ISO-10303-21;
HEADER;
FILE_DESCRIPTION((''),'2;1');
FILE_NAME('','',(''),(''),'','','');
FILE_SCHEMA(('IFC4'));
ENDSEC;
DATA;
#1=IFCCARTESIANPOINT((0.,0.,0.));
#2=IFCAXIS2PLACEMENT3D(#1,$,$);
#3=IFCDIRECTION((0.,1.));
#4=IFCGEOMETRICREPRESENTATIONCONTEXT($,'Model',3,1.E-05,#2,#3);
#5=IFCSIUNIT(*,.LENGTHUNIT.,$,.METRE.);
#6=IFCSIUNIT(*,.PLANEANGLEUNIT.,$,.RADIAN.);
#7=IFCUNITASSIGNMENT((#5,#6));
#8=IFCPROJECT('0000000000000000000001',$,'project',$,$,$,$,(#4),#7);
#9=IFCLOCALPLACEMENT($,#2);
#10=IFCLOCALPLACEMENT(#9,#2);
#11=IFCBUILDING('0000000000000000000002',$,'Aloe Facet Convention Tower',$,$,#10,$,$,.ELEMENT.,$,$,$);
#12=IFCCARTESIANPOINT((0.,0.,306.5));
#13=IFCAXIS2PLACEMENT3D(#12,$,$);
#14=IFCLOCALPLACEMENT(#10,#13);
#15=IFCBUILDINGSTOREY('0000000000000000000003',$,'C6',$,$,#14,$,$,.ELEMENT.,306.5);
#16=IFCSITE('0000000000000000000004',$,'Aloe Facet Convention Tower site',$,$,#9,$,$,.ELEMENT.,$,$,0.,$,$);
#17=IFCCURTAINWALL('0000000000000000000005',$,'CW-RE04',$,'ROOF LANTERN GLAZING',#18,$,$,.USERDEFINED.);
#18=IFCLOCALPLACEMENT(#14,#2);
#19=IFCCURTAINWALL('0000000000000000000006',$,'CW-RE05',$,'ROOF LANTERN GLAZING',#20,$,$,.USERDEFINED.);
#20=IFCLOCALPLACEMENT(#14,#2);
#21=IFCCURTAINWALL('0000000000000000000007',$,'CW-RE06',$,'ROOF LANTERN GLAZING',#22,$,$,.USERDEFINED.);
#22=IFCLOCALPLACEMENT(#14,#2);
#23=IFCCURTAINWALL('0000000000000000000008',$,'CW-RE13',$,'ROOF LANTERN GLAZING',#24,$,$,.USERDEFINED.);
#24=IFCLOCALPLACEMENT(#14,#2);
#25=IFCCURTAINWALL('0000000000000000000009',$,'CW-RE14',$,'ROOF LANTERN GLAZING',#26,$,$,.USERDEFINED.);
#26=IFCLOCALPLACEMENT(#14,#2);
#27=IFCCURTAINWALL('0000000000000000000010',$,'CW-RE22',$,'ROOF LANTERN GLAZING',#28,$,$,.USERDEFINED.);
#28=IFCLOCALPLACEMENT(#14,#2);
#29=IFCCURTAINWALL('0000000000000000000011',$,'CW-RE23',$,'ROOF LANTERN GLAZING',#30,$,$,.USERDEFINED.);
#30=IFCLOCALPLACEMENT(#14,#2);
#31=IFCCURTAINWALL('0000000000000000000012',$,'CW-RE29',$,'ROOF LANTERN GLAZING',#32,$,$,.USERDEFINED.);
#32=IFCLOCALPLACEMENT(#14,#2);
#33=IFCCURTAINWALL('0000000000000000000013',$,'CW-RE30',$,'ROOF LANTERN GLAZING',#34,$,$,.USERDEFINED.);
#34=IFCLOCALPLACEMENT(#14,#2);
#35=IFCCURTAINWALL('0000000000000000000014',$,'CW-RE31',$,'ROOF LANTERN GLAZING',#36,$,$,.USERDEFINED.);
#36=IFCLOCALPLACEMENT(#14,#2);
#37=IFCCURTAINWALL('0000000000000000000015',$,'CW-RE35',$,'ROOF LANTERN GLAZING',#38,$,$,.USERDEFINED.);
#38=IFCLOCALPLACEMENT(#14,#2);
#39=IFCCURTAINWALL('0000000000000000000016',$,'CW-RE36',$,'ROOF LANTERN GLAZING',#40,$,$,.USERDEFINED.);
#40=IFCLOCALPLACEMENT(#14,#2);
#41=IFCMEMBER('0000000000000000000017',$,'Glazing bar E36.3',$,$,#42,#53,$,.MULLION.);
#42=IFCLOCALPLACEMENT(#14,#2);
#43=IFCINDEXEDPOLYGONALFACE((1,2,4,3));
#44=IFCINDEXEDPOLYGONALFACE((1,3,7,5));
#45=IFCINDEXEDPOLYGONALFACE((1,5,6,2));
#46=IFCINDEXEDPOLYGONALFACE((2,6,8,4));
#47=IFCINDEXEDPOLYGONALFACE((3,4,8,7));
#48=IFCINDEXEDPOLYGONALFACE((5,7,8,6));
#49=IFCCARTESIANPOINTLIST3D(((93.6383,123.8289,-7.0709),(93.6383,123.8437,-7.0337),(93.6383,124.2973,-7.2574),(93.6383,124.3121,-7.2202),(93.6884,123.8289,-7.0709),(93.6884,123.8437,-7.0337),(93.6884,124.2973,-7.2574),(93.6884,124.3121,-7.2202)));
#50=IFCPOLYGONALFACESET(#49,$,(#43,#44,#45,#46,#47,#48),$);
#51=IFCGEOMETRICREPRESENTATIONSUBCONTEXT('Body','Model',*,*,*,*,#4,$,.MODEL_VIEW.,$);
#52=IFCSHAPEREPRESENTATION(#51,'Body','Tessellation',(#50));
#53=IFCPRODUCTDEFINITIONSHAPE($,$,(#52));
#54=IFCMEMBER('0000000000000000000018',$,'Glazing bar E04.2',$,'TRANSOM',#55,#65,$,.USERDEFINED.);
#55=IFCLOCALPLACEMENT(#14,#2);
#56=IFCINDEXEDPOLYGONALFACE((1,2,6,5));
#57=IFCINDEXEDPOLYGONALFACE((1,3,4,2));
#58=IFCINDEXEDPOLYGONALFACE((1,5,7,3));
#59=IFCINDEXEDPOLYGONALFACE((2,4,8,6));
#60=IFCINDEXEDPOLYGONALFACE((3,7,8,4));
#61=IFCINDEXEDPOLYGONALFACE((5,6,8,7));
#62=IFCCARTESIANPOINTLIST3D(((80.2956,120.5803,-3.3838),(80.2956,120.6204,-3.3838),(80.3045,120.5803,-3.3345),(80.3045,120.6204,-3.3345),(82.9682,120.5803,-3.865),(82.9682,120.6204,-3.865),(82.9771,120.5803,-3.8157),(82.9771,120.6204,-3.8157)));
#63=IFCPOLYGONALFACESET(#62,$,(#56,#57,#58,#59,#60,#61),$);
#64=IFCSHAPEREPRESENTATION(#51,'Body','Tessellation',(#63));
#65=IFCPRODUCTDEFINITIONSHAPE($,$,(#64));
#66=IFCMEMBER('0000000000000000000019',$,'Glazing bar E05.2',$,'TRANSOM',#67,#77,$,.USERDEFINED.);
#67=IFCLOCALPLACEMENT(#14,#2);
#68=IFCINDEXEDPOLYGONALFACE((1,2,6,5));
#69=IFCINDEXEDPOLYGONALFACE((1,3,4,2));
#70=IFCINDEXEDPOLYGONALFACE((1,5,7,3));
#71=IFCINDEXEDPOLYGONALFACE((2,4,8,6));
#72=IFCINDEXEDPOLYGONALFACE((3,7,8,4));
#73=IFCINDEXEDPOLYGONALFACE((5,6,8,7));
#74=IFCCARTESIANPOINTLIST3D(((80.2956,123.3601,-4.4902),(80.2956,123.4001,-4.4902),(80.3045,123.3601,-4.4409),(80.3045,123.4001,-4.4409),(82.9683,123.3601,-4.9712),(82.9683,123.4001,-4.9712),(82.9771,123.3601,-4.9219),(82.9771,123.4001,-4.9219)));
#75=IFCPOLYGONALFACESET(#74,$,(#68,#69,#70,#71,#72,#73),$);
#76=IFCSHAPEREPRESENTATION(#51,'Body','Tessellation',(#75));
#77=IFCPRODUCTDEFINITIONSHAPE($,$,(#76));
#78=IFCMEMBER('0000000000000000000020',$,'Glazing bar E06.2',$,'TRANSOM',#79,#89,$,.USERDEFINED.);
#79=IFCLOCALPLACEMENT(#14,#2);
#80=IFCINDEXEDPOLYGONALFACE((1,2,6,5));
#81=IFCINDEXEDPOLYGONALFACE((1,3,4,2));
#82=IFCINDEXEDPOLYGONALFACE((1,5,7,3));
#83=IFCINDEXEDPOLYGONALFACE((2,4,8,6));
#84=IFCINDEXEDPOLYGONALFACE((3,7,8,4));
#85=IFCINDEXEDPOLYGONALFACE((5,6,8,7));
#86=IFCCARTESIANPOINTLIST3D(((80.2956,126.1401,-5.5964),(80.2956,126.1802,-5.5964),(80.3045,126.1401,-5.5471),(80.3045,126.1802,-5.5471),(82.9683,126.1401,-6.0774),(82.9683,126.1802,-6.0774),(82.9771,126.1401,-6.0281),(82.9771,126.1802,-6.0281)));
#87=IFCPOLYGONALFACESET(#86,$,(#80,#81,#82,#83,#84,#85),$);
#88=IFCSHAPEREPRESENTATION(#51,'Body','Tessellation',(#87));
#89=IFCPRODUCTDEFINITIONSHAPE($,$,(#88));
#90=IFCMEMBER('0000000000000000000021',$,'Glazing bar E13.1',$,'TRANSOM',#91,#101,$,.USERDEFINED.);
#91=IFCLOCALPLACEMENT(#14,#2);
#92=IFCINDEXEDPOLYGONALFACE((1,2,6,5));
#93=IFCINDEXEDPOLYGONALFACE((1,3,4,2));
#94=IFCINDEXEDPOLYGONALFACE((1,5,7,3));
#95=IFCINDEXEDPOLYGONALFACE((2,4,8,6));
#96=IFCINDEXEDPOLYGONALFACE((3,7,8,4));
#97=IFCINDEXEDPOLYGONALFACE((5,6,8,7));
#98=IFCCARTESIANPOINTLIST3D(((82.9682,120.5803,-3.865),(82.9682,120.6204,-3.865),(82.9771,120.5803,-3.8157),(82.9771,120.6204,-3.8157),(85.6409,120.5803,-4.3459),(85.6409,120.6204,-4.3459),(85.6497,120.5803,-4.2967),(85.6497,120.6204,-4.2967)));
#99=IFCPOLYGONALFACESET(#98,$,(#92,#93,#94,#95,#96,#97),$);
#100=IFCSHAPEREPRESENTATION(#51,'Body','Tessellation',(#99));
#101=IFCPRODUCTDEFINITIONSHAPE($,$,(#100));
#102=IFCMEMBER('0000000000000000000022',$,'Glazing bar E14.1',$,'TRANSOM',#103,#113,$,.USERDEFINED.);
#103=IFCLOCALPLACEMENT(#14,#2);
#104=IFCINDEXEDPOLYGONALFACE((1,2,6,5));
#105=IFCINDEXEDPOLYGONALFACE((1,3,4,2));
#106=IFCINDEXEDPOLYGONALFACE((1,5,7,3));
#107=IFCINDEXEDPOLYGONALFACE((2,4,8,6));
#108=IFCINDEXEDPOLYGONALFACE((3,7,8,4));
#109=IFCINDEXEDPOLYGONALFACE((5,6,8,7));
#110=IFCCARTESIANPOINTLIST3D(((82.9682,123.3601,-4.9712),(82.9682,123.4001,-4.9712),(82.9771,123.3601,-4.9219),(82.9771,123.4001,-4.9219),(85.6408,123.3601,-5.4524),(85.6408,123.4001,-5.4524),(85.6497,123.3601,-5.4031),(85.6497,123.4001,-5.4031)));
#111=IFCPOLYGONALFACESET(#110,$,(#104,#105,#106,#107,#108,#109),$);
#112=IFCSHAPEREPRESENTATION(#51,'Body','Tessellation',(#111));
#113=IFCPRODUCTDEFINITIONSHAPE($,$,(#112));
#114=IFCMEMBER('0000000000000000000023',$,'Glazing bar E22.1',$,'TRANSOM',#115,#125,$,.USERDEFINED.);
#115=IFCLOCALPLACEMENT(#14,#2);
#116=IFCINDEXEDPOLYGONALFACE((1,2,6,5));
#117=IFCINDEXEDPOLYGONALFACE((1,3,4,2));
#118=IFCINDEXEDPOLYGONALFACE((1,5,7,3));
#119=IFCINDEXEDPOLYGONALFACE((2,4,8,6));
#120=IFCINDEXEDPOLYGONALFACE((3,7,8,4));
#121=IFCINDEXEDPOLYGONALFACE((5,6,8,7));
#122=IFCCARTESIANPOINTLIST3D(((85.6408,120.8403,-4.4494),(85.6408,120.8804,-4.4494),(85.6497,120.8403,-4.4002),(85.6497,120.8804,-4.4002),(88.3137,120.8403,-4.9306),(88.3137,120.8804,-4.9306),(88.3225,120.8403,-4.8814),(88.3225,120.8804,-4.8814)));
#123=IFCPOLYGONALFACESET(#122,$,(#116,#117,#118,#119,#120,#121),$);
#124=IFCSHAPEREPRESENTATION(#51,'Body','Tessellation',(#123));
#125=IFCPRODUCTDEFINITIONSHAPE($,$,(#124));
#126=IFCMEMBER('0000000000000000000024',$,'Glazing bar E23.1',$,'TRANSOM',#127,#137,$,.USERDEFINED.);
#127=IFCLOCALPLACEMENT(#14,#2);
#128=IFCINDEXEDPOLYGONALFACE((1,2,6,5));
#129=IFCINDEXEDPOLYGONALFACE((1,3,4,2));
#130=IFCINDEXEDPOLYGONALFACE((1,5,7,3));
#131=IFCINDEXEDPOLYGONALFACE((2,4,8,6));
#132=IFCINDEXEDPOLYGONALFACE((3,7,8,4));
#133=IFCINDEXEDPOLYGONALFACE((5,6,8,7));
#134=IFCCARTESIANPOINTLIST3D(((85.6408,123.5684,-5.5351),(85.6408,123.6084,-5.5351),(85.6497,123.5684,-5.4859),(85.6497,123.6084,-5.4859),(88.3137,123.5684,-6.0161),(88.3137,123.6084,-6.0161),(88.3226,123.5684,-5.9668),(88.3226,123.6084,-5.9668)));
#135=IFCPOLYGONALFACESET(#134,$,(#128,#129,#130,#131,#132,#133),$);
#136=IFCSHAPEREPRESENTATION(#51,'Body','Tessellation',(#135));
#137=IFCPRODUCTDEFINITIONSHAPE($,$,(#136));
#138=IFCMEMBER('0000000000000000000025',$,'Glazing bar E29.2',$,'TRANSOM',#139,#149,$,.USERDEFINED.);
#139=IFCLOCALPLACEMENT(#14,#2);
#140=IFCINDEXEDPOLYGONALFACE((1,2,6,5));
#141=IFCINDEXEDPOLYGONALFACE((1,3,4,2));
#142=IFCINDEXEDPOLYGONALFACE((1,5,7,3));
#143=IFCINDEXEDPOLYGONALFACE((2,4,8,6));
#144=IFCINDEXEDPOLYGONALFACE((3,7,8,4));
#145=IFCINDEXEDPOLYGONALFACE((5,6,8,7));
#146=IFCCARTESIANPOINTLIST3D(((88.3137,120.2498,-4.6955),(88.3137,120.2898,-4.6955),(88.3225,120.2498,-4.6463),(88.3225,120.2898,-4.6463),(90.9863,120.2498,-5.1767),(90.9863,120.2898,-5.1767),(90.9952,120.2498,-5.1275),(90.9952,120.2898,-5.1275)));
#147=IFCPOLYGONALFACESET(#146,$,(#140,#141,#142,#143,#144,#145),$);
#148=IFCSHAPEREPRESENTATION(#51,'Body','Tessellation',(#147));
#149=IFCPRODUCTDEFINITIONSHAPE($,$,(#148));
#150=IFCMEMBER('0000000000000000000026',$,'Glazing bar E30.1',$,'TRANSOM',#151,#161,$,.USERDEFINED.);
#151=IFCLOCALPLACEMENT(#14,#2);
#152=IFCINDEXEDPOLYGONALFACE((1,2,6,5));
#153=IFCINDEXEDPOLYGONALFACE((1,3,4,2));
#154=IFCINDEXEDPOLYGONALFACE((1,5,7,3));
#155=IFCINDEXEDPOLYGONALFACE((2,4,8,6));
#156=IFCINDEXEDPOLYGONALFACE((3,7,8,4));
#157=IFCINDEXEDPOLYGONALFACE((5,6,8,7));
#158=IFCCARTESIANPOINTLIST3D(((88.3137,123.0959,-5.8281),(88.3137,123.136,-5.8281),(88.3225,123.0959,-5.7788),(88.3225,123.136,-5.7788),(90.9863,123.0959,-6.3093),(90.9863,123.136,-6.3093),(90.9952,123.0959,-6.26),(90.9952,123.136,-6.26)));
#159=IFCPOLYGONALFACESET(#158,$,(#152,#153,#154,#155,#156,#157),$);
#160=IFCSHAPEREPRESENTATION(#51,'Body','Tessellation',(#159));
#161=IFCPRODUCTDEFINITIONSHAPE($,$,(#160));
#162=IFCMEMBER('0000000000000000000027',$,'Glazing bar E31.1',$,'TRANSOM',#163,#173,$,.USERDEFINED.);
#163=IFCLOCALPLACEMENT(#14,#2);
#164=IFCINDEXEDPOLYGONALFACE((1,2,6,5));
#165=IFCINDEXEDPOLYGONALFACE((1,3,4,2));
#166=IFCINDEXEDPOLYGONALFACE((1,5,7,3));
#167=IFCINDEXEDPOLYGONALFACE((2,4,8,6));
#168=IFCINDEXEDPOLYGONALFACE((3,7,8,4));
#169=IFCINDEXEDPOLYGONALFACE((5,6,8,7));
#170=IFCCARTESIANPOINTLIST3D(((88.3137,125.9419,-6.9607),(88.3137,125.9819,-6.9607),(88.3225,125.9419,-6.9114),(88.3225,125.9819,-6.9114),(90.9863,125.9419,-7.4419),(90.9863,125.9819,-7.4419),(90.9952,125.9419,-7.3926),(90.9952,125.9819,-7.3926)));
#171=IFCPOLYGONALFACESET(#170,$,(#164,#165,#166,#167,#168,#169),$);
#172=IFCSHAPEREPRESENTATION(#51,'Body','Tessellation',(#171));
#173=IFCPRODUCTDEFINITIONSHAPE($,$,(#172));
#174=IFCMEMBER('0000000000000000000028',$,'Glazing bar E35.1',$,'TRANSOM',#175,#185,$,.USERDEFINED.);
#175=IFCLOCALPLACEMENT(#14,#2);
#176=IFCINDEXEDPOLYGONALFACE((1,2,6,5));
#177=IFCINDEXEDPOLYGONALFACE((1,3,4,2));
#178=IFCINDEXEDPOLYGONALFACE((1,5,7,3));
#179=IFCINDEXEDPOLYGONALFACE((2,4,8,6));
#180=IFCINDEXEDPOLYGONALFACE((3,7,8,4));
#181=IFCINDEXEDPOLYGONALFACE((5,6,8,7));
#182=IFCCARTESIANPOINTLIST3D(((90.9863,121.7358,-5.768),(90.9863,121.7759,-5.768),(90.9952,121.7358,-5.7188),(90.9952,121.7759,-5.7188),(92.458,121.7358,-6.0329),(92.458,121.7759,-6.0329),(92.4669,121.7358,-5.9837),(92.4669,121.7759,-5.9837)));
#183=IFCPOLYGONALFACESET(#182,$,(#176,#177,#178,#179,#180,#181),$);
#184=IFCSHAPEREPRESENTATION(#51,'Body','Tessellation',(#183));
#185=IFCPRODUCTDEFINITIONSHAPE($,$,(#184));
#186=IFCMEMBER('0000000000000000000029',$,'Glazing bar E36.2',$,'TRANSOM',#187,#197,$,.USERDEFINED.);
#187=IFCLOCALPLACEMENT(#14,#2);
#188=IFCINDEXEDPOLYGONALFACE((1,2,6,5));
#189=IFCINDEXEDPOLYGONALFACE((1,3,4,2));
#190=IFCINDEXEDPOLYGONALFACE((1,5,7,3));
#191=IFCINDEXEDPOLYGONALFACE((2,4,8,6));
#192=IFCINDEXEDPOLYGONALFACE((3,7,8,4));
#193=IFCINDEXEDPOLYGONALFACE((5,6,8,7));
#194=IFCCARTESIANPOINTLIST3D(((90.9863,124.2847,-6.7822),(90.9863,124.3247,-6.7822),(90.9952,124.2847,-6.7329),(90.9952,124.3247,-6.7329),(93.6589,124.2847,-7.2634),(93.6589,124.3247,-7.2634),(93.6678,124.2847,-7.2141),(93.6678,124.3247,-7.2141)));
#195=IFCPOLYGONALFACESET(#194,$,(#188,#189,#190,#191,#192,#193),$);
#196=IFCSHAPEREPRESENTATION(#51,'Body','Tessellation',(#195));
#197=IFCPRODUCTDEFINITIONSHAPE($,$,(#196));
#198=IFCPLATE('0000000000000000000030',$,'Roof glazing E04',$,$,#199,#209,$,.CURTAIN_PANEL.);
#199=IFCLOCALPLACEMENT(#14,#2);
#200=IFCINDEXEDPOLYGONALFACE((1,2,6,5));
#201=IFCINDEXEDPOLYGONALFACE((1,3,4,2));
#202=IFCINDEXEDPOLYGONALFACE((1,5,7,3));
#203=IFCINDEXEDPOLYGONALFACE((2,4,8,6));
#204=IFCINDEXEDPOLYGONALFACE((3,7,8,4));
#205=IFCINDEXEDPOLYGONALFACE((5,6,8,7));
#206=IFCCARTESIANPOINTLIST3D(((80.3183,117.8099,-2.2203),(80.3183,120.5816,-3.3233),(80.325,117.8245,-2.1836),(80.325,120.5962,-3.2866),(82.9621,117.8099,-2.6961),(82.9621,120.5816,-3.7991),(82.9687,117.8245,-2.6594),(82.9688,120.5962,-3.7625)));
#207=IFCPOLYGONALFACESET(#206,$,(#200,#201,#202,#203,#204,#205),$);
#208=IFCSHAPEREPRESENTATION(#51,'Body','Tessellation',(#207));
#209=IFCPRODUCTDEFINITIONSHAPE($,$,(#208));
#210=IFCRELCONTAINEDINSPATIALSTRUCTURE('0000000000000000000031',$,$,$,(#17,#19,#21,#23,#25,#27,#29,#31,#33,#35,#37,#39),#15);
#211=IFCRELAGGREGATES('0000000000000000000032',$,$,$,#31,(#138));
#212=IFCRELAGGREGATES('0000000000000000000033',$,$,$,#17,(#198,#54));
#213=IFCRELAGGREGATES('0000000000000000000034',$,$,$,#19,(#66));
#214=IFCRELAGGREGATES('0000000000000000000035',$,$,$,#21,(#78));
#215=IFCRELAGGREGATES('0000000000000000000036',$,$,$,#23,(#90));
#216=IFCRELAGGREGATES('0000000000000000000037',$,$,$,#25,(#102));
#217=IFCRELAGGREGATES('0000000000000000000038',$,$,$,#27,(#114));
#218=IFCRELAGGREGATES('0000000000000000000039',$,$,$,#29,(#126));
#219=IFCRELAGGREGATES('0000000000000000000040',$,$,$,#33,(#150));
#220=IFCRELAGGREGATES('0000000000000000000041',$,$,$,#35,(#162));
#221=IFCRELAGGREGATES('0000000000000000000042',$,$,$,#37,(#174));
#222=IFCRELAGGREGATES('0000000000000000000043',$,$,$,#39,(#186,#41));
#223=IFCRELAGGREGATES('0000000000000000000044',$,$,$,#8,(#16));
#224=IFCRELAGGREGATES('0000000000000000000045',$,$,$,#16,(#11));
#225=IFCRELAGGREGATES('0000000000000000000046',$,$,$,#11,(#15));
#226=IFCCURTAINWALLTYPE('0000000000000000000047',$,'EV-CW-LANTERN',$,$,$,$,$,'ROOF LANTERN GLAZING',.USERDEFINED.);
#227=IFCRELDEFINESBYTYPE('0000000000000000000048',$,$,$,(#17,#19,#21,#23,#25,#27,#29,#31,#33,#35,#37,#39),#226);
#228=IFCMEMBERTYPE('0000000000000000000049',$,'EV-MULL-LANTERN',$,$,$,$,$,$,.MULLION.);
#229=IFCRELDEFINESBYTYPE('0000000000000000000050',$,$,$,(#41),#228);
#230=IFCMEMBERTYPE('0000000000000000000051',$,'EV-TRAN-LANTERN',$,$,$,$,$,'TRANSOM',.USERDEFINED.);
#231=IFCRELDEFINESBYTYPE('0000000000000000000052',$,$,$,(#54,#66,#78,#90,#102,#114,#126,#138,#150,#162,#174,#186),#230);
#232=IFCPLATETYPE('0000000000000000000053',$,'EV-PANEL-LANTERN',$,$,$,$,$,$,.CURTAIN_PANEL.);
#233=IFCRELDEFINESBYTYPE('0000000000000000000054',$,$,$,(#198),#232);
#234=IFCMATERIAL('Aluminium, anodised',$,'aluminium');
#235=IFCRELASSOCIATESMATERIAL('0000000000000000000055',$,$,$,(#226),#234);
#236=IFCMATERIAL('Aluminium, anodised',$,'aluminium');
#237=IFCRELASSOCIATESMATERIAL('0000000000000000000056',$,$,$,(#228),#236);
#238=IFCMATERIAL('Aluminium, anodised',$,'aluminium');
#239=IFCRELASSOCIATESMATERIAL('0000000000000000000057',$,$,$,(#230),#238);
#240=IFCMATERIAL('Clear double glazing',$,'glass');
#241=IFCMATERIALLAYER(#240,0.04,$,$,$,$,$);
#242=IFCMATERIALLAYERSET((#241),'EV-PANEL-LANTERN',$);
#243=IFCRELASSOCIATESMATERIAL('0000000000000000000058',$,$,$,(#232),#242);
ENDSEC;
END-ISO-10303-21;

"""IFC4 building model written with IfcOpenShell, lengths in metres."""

from ifc_helpers import new_model, si_unit, direction, frame, origin, origin_2d, place, context, subcontext, project, spatial, polyline, rectangle, outline, extrude, material, layer, layer_set, material_profile, profile_set, type_object, element, aggregate, save


model = new_model("IFC4")

# Units and contexts
model_context = context("Model", 3, precision=1e-05, world=origin(), true_north=direction((0.0, 1.0)))
body_context = subcontext(model_context, "Body", "Model", "MODEL_VIEW")
ifc_project = project(units=[si_unit("LENGTHUNIT", "METRE"), si_unit("PLANEANGLEUNIT", "RADIAN")], contexts=[model_context])

# Site, building, storey
site_placement = place(None, origin())
site = spatial("IfcSite", under=ifc_project, at=site_placement, Name="Aloe Facet Convention Tower site", CompositionType="ELEMENT", RefElevation=0.0)
building_placement = place(site_placement, origin())
building = spatial("IfcBuilding", under=site, at=building_placement, Name="Aloe Facet Convention Tower", CompositionType="ELEMENT")
storey_placement = place(building_placement, frame((0.0, 0.0, 306.5)))
storey = spatial("IfcBuildingStorey", under=building, at=storey_placement, Name="C6", CompositionType="ELEMENT", Elevation=306.5)

# Curtain wall
ifc_material_1 = material(Name="Aluminium, anodised", Category="aluminium")
curtain_wall_type = type_object("IfcCurtainWallType", Name="EV-CW-LANTERN", ElementType="ROOF LANTERN GLAZING", PredefinedType="USERDEFINED", material=ifc_material_1)
curtain_wall_1_placement = place(storey_placement, origin())
curtain_wall_1 = element("IfcCurtainWall", 1, at=curtain_wall_1_placement, inside=storey, type_object=curtain_wall_type, Name="CW-RE04", ObjectType="ROOF LANTERN GLAZING", PredefinedType="USERDEFINED")
ifc_material_2 = material(Name="Aluminium, anodised", Category="aluminium")
ifc_material_profile_1 = material_profile(ifc_material_2, rectangle(XDim=0.05, YDim=0.04, at=origin_2d()), Name="AL 50x40")
ifc_profile_set_1 = profile_set([ifc_material_profile_1], Name="Aluminium, anodised")
member_type_1 = type_object("IfcMemberType", Name="EV-MULL-LANTERN", PredefinedType="MULLION", material=ifc_profile_set_1)

# Curtain wall
curtain_wall_2_placement = place(storey_placement, origin())
curtain_wall_2 = element("IfcCurtainWall", 2, at=curtain_wall_2_placement, inside=storey, type_object=curtain_wall_type, Name="CW-RE05", ObjectType="ROOF LANTERN GLAZING", PredefinedType="USERDEFINED")

# Curtain walls
curtain_wall_3_placement = place(storey_placement, origin())
curtain_wall_3 = element("IfcCurtainWall", 3, at=curtain_wall_3_placement, inside=storey, type_object=curtain_wall_type, Name="CW-RE06", ObjectType="ROOF LANTERN GLAZING", PredefinedType="USERDEFINED")
curtain_wall_4_placement = place(storey_placement, origin())
curtain_wall_4 = element("IfcCurtainWall", 4, at=curtain_wall_4_placement, inside=storey, type_object=curtain_wall_type, Name="CW-RE13", ObjectType="ROOF LANTERN GLAZING", PredefinedType="USERDEFINED")
curtain_wall_5_placement = place(storey_placement, origin())
curtain_wall_5 = element("IfcCurtainWall", 5, at=curtain_wall_5_placement, inside=storey, type_object=curtain_wall_type, Name="CW-RE14", ObjectType="ROOF LANTERN GLAZING", PredefinedType="USERDEFINED")
curtain_wall_6_placement = place(storey_placement, origin())
curtain_wall_6 = element("IfcCurtainWall", 6, at=curtain_wall_6_placement, inside=storey, type_object=curtain_wall_type, Name="CW-RE22", ObjectType="ROOF LANTERN GLAZING", PredefinedType="USERDEFINED")
curtain_wall_7_placement = place(storey_placement, origin())
curtain_wall_7 = element("IfcCurtainWall", 7, at=curtain_wall_7_placement, inside=storey, type_object=curtain_wall_type, Name="CW-RE23", ObjectType="ROOF LANTERN GLAZING", PredefinedType="USERDEFINED")

# Curtain wall
curtain_wall_8_placement = place(storey_placement, origin())
curtain_wall_8 = element("IfcCurtainWall", 8, at=curtain_wall_8_placement, inside=storey, type_object=curtain_wall_type, Name="CW-RE29", ObjectType="ROOF LANTERN GLAZING", PredefinedType="USERDEFINED")

# Curtain walls
curtain_wall_9_placement = place(storey_placement, origin())
curtain_wall_9 = element("IfcCurtainWall", 9, at=curtain_wall_9_placement, inside=storey, type_object=curtain_wall_type, Name="CW-RE30", ObjectType="ROOF LANTERN GLAZING", PredefinedType="USERDEFINED")
curtain_wall_10_placement = place(storey_placement, origin())
curtain_wall_10 = element("IfcCurtainWall", 10, at=curtain_wall_10_placement, inside=storey, type_object=curtain_wall_type, Name="CW-RE31", ObjectType="ROOF LANTERN GLAZING", PredefinedType="USERDEFINED")
curtain_wall_11_placement = place(storey_placement, origin())
curtain_wall_11 = element("IfcCurtainWall", 11, at=curtain_wall_11_placement, inside=storey, type_object=curtain_wall_type, Name="CW-RE35", ObjectType="ROOF LANTERN GLAZING", PredefinedType="USERDEFINED")

# Curtain wall, member
curtain_wall_12_placement = place(storey_placement, origin())
curtain_wall_12 = element("IfcCurtainWall", 12, at=curtain_wall_12_placement, inside=storey, type_object=curtain_wall_type, Name="CW-RE36", ObjectType="ROOF LANTERN GLAZING", PredefinedType="USERDEFINED")
member_1_placement = place(storey_placement, frame((93.6633, 124.3047, -7.2388), z_axis=(0.0, -0.929076, 0.369888), x_axis=(1.0, 0.0, 0.0)))
member_1 = element("IfcMember", 13, at=member_1_placement, type_object=member_type_1, Name="Glazing bar E36.3", PredefinedType="MULLION", context=body_context, shape_type="SweptSolid", body=[
    extrude(rectangle(XDim=0.05, YDim=0.04, at=origin_2d()), origin(), (0.0, 0.0, 1.0), 0.5042),
])

# Members
ifc_material_3 = material(Name="Aluminium, anodised", Category="aluminium")
ifc_material_profile_2 = material_profile(ifc_material_3, rectangle(XDim=0.04, YDim=0.05, at=origin_2d()), Name="AL 40x50")
ifc_profile_set_2 = profile_set([ifc_material_profile_2], Name="Aluminium, anodised")
member_type_2 = type_object("IfcMemberType", Name="EV-TRAN-LANTERN", ElementType="TRANSOM", PredefinedType="USERDEFINED", material=ifc_profile_set_2)
member_2_placement = place(storey_placement, frame((80.3, 120.6003, -3.3591), z_axis=(0.984175, 0.0, -0.1772), x_axis=(0.0, 1.0, 0.0)))
member_2 = element("IfcMember", 14, at=member_2_placement, type_object=member_type_2, Name="Glazing bar E04.2", ObjectType="TRANSOM", PredefinedType="USERDEFINED", context=body_context, shape_type="SweptSolid", body=[
    extrude(rectangle(XDim=0.04, YDim=0.05, at=origin_2d()), origin(), (0.0, 0.0, 1.0), 2.7156),
])
member_3_placement = place(storey_placement, frame((80.3, 123.3801, -4.4656), z_axis=(0.984191, 0.0, -0.177113), x_axis=(0.0, 1.0, 0.0)))
member_3 = element("IfcMember", 15, at=member_3_placement, type_object=member_type_2, Name="Glazing bar E05.2", ObjectType="TRANSOM", PredefinedType="USERDEFINED", context=body_context, shape_type="SweptSolid", body=[
    extrude(rectangle(XDim=0.04, YDim=0.05, at=origin_2d()), origin(), (0.0, 0.0, 1.0), 2.7156),
])
member_4_placement = place(storey_placement, frame((80.3, 126.1602, -5.5718), z_axis=(0.984191, 0.0, -0.177113), x_axis=(0.0, 1.0, 0.0)))
member_4 = element("IfcMember", 16, at=member_4_placement, type_object=member_type_2, Name="Glazing bar E06.2", ObjectType="TRANSOM", PredefinedType="USERDEFINED", context=body_context, shape_type="SweptSolid", body=[
    extrude(rectangle(XDim=0.04, YDim=0.05, at=origin_2d()), origin(), (0.0, 0.0, 1.0), 2.7156),
])
member_5_placement = place(storey_placement, frame((82.9727, 120.6003, -3.8403), z_axis=(0.984191, 0.0, -0.177113), x_axis=(0.0, 1.0, 0.0)))
member_5 = element("IfcMember", 17, at=member_5_placement, type_object=member_type_2, Name="Glazing bar E13.1", ObjectType="TRANSOM", PredefinedType="USERDEFINED", context=body_context, shape_type="SweptSolid", body=[
    extrude(rectangle(XDim=0.04, YDim=0.05, at=origin_2d()), origin(), (0.0, 0.0, 1.0), 2.7156),
])
member_6_placement = place(storey_placement, frame((82.9727, 123.3801, -4.9465), z_axis=(0.984175, 0.0, -0.1772), x_axis=(0.0, 1.0, 0.0)))
member_6 = element("IfcMember", 18, at=member_6_placement, type_object=member_type_2, Name="Glazing bar E14.1", ObjectType="TRANSOM", PredefinedType="USERDEFINED", context=body_context, shape_type="SweptSolid", body=[
    extrude(rectangle(XDim=0.04, YDim=0.05, at=origin_2d()), origin(), (0.0, 0.0, 1.0), 2.7156),
])
member_7_placement = place(storey_placement, frame((85.6453, 120.8604, -4.4248), z_axis=(0.984178, 0.0, -0.177184), x_axis=(0.0, 1.0, 0.0)))
member_7 = element("IfcMember", 19, at=member_7_placement, type_object=member_type_2, Name="Glazing bar E22.1", ObjectType="TRANSOM", PredefinedType="USERDEFINED", context=body_context, shape_type="SweptSolid", body=[
    extrude(rectangle(XDim=0.04, YDim=0.05, at=origin_2d()), origin(), (0.0, 0.0, 1.0), 2.7158),
])
member_8_placement = place(storey_placement, frame((85.6453, 123.5884, -5.5105), z_axis=(0.984193, 0.0, -0.177097), x_axis=(0.0, 1.0, 0.0)))
member_8 = element("IfcMember", 20, at=member_8_placement, type_object=member_type_2, Name="Glazing bar E23.1", ObjectType="TRANSOM", PredefinedType="USERDEFINED", context=body_context, shape_type="SweptSolid", body=[
    extrude(rectangle(XDim=0.04, YDim=0.05, at=origin_2d()), origin(), (0.0, 0.0, 1.0), 2.7158),
])
member_9_placement = place(storey_placement, frame((88.3181, 120.2698, -4.6709), z_axis=(0.984175, 0.0, -0.1772), x_axis=(0.0, 1.0, 0.0)))
member_9 = element("IfcMember", 21, at=member_9_placement, type_object=member_type_2, Name="Glazing bar E29.2", ObjectType="TRANSOM", PredefinedType="USERDEFINED", context=body_context, shape_type="SweptSolid", body=[
    extrude(rectangle(XDim=0.04, YDim=0.05, at=origin_2d()), origin(), (0.0, 0.0, 1.0), 2.7156),
])
aggregate(curtain_wall_8, [member_9])
member_10_placement = place(storey_placement, frame((88.3181, 123.116, -5.8035), z_axis=(0.984175, 0.0, -0.1772), x_axis=(0.0, 1.0, 0.0)))
member_10 = element("IfcMember", 22, at=member_10_placement, type_object=member_type_2, Name="Glazing bar E30.1", ObjectType="TRANSOM", PredefinedType="USERDEFINED", context=body_context, shape_type="SweptSolid", body=[
    extrude(rectangle(XDim=0.04, YDim=0.05, at=origin_2d()), origin(), (0.0, 0.0, 1.0), 2.7156),
])
member_11_placement = place(storey_placement, frame((88.3181, 125.9619, -6.936), z_axis=(0.984175, 0.0, -0.1772), x_axis=(0.0, 1.0, 0.0)))
member_11 = element("IfcMember", 23, at=member_11_placement, type_object=member_type_2, Name="Glazing bar E31.1", ObjectType="TRANSOM", PredefinedType="USERDEFINED", context=body_context, shape_type="SweptSolid", body=[
    extrude(rectangle(XDim=0.04, YDim=0.05, at=origin_2d()), origin(), (0.0, 0.0, 1.0), 2.7156),
])
member_12_placement = place(storey_placement, frame((90.9907, 121.7559, -5.7434), z_axis=(0.984184, 0.0, -0.177147), x_axis=(0.0, 1.0, 0.0)))
member_12 = element("IfcMember", 24, at=member_12_placement, type_object=member_type_2, Name="Glazing bar E35.1", ObjectType="TRANSOM", PredefinedType="USERDEFINED", context=body_context, shape_type="SweptSolid", body=[
    extrude(rectangle(XDim=0.04, YDim=0.05, at=origin_2d()), origin(), (0.0, 0.0, 1.0), 1.4954),
])
member_13_placement = place(storey_placement, frame((90.9907, 124.3047, -6.7576), z_axis=(0.984175, 0.0, -0.1772), x_axis=(0.0, 1.0, 0.0)))
member_13 = element("IfcMember", 25, at=member_13_placement, type_object=member_type_2, Name="Glazing bar E36.2", ObjectType="TRANSOM", PredefinedType="USERDEFINED", context=body_context, shape_type="SweptSolid", body=[
    extrude(rectangle(XDim=0.04, YDim=0.05, at=origin_2d()), origin(), (0.0, 0.0, 1.0), 2.7156),
])

# Plate
ifc_material_4 = material(Name="Clear double glazing", Category="glass")
ifc_layer = layer(ifc_material_4, 0.04)
ifc_layer_set = layer_set([ifc_layer], Name="EV-PANEL-LANTERN")
plate_type = type_object("IfcPlateType", Name="EV-PANEL-LANTERN", PredefinedType="CURTAIN_PANEL", material=ifc_layer_set)
plate_1_placement = place(storey_placement, frame((80.325, 120.5962, -3.2866), z_axis=(0.164934, 0.364689, 0.916405), x_axis=(0.984187, 0.0, -0.177134)))
plate_1 = element("IfcPlate", 26, at=plate_1_placement, type_object=plate_type, Name="Roof glazing E04", PredefinedType="CURTAIN_PANEL", context=body_context, shape_type="SweptSolid", body=[
    extrude(outline(polyline([(0.0, 0.0), (2.6863, 0.0), (2.4909, -2.9767), (-0.1954, -2.9767), (0.0, 0.0)])), origin(), (0.0, 0.0, -1.0), 0.04),
])
aggregate(curtain_wall_1, [plate_1, member_2])
aggregate(curtain_wall_2, [member_3])
aggregate(curtain_wall_3, [member_4])
aggregate(curtain_wall_4, [member_5])
aggregate(curtain_wall_5, [member_6])

aggregate(curtain_wall_6, [member_7])
aggregate(curtain_wall_7, [member_8])
aggregate(curtain_wall_9, [member_10])
aggregate(curtain_wall_10, [member_11])
aggregate(curtain_wall_11, [member_12])
aggregate(curtain_wall_12, [member_13, member_1])

save(model, "model.ifc")
